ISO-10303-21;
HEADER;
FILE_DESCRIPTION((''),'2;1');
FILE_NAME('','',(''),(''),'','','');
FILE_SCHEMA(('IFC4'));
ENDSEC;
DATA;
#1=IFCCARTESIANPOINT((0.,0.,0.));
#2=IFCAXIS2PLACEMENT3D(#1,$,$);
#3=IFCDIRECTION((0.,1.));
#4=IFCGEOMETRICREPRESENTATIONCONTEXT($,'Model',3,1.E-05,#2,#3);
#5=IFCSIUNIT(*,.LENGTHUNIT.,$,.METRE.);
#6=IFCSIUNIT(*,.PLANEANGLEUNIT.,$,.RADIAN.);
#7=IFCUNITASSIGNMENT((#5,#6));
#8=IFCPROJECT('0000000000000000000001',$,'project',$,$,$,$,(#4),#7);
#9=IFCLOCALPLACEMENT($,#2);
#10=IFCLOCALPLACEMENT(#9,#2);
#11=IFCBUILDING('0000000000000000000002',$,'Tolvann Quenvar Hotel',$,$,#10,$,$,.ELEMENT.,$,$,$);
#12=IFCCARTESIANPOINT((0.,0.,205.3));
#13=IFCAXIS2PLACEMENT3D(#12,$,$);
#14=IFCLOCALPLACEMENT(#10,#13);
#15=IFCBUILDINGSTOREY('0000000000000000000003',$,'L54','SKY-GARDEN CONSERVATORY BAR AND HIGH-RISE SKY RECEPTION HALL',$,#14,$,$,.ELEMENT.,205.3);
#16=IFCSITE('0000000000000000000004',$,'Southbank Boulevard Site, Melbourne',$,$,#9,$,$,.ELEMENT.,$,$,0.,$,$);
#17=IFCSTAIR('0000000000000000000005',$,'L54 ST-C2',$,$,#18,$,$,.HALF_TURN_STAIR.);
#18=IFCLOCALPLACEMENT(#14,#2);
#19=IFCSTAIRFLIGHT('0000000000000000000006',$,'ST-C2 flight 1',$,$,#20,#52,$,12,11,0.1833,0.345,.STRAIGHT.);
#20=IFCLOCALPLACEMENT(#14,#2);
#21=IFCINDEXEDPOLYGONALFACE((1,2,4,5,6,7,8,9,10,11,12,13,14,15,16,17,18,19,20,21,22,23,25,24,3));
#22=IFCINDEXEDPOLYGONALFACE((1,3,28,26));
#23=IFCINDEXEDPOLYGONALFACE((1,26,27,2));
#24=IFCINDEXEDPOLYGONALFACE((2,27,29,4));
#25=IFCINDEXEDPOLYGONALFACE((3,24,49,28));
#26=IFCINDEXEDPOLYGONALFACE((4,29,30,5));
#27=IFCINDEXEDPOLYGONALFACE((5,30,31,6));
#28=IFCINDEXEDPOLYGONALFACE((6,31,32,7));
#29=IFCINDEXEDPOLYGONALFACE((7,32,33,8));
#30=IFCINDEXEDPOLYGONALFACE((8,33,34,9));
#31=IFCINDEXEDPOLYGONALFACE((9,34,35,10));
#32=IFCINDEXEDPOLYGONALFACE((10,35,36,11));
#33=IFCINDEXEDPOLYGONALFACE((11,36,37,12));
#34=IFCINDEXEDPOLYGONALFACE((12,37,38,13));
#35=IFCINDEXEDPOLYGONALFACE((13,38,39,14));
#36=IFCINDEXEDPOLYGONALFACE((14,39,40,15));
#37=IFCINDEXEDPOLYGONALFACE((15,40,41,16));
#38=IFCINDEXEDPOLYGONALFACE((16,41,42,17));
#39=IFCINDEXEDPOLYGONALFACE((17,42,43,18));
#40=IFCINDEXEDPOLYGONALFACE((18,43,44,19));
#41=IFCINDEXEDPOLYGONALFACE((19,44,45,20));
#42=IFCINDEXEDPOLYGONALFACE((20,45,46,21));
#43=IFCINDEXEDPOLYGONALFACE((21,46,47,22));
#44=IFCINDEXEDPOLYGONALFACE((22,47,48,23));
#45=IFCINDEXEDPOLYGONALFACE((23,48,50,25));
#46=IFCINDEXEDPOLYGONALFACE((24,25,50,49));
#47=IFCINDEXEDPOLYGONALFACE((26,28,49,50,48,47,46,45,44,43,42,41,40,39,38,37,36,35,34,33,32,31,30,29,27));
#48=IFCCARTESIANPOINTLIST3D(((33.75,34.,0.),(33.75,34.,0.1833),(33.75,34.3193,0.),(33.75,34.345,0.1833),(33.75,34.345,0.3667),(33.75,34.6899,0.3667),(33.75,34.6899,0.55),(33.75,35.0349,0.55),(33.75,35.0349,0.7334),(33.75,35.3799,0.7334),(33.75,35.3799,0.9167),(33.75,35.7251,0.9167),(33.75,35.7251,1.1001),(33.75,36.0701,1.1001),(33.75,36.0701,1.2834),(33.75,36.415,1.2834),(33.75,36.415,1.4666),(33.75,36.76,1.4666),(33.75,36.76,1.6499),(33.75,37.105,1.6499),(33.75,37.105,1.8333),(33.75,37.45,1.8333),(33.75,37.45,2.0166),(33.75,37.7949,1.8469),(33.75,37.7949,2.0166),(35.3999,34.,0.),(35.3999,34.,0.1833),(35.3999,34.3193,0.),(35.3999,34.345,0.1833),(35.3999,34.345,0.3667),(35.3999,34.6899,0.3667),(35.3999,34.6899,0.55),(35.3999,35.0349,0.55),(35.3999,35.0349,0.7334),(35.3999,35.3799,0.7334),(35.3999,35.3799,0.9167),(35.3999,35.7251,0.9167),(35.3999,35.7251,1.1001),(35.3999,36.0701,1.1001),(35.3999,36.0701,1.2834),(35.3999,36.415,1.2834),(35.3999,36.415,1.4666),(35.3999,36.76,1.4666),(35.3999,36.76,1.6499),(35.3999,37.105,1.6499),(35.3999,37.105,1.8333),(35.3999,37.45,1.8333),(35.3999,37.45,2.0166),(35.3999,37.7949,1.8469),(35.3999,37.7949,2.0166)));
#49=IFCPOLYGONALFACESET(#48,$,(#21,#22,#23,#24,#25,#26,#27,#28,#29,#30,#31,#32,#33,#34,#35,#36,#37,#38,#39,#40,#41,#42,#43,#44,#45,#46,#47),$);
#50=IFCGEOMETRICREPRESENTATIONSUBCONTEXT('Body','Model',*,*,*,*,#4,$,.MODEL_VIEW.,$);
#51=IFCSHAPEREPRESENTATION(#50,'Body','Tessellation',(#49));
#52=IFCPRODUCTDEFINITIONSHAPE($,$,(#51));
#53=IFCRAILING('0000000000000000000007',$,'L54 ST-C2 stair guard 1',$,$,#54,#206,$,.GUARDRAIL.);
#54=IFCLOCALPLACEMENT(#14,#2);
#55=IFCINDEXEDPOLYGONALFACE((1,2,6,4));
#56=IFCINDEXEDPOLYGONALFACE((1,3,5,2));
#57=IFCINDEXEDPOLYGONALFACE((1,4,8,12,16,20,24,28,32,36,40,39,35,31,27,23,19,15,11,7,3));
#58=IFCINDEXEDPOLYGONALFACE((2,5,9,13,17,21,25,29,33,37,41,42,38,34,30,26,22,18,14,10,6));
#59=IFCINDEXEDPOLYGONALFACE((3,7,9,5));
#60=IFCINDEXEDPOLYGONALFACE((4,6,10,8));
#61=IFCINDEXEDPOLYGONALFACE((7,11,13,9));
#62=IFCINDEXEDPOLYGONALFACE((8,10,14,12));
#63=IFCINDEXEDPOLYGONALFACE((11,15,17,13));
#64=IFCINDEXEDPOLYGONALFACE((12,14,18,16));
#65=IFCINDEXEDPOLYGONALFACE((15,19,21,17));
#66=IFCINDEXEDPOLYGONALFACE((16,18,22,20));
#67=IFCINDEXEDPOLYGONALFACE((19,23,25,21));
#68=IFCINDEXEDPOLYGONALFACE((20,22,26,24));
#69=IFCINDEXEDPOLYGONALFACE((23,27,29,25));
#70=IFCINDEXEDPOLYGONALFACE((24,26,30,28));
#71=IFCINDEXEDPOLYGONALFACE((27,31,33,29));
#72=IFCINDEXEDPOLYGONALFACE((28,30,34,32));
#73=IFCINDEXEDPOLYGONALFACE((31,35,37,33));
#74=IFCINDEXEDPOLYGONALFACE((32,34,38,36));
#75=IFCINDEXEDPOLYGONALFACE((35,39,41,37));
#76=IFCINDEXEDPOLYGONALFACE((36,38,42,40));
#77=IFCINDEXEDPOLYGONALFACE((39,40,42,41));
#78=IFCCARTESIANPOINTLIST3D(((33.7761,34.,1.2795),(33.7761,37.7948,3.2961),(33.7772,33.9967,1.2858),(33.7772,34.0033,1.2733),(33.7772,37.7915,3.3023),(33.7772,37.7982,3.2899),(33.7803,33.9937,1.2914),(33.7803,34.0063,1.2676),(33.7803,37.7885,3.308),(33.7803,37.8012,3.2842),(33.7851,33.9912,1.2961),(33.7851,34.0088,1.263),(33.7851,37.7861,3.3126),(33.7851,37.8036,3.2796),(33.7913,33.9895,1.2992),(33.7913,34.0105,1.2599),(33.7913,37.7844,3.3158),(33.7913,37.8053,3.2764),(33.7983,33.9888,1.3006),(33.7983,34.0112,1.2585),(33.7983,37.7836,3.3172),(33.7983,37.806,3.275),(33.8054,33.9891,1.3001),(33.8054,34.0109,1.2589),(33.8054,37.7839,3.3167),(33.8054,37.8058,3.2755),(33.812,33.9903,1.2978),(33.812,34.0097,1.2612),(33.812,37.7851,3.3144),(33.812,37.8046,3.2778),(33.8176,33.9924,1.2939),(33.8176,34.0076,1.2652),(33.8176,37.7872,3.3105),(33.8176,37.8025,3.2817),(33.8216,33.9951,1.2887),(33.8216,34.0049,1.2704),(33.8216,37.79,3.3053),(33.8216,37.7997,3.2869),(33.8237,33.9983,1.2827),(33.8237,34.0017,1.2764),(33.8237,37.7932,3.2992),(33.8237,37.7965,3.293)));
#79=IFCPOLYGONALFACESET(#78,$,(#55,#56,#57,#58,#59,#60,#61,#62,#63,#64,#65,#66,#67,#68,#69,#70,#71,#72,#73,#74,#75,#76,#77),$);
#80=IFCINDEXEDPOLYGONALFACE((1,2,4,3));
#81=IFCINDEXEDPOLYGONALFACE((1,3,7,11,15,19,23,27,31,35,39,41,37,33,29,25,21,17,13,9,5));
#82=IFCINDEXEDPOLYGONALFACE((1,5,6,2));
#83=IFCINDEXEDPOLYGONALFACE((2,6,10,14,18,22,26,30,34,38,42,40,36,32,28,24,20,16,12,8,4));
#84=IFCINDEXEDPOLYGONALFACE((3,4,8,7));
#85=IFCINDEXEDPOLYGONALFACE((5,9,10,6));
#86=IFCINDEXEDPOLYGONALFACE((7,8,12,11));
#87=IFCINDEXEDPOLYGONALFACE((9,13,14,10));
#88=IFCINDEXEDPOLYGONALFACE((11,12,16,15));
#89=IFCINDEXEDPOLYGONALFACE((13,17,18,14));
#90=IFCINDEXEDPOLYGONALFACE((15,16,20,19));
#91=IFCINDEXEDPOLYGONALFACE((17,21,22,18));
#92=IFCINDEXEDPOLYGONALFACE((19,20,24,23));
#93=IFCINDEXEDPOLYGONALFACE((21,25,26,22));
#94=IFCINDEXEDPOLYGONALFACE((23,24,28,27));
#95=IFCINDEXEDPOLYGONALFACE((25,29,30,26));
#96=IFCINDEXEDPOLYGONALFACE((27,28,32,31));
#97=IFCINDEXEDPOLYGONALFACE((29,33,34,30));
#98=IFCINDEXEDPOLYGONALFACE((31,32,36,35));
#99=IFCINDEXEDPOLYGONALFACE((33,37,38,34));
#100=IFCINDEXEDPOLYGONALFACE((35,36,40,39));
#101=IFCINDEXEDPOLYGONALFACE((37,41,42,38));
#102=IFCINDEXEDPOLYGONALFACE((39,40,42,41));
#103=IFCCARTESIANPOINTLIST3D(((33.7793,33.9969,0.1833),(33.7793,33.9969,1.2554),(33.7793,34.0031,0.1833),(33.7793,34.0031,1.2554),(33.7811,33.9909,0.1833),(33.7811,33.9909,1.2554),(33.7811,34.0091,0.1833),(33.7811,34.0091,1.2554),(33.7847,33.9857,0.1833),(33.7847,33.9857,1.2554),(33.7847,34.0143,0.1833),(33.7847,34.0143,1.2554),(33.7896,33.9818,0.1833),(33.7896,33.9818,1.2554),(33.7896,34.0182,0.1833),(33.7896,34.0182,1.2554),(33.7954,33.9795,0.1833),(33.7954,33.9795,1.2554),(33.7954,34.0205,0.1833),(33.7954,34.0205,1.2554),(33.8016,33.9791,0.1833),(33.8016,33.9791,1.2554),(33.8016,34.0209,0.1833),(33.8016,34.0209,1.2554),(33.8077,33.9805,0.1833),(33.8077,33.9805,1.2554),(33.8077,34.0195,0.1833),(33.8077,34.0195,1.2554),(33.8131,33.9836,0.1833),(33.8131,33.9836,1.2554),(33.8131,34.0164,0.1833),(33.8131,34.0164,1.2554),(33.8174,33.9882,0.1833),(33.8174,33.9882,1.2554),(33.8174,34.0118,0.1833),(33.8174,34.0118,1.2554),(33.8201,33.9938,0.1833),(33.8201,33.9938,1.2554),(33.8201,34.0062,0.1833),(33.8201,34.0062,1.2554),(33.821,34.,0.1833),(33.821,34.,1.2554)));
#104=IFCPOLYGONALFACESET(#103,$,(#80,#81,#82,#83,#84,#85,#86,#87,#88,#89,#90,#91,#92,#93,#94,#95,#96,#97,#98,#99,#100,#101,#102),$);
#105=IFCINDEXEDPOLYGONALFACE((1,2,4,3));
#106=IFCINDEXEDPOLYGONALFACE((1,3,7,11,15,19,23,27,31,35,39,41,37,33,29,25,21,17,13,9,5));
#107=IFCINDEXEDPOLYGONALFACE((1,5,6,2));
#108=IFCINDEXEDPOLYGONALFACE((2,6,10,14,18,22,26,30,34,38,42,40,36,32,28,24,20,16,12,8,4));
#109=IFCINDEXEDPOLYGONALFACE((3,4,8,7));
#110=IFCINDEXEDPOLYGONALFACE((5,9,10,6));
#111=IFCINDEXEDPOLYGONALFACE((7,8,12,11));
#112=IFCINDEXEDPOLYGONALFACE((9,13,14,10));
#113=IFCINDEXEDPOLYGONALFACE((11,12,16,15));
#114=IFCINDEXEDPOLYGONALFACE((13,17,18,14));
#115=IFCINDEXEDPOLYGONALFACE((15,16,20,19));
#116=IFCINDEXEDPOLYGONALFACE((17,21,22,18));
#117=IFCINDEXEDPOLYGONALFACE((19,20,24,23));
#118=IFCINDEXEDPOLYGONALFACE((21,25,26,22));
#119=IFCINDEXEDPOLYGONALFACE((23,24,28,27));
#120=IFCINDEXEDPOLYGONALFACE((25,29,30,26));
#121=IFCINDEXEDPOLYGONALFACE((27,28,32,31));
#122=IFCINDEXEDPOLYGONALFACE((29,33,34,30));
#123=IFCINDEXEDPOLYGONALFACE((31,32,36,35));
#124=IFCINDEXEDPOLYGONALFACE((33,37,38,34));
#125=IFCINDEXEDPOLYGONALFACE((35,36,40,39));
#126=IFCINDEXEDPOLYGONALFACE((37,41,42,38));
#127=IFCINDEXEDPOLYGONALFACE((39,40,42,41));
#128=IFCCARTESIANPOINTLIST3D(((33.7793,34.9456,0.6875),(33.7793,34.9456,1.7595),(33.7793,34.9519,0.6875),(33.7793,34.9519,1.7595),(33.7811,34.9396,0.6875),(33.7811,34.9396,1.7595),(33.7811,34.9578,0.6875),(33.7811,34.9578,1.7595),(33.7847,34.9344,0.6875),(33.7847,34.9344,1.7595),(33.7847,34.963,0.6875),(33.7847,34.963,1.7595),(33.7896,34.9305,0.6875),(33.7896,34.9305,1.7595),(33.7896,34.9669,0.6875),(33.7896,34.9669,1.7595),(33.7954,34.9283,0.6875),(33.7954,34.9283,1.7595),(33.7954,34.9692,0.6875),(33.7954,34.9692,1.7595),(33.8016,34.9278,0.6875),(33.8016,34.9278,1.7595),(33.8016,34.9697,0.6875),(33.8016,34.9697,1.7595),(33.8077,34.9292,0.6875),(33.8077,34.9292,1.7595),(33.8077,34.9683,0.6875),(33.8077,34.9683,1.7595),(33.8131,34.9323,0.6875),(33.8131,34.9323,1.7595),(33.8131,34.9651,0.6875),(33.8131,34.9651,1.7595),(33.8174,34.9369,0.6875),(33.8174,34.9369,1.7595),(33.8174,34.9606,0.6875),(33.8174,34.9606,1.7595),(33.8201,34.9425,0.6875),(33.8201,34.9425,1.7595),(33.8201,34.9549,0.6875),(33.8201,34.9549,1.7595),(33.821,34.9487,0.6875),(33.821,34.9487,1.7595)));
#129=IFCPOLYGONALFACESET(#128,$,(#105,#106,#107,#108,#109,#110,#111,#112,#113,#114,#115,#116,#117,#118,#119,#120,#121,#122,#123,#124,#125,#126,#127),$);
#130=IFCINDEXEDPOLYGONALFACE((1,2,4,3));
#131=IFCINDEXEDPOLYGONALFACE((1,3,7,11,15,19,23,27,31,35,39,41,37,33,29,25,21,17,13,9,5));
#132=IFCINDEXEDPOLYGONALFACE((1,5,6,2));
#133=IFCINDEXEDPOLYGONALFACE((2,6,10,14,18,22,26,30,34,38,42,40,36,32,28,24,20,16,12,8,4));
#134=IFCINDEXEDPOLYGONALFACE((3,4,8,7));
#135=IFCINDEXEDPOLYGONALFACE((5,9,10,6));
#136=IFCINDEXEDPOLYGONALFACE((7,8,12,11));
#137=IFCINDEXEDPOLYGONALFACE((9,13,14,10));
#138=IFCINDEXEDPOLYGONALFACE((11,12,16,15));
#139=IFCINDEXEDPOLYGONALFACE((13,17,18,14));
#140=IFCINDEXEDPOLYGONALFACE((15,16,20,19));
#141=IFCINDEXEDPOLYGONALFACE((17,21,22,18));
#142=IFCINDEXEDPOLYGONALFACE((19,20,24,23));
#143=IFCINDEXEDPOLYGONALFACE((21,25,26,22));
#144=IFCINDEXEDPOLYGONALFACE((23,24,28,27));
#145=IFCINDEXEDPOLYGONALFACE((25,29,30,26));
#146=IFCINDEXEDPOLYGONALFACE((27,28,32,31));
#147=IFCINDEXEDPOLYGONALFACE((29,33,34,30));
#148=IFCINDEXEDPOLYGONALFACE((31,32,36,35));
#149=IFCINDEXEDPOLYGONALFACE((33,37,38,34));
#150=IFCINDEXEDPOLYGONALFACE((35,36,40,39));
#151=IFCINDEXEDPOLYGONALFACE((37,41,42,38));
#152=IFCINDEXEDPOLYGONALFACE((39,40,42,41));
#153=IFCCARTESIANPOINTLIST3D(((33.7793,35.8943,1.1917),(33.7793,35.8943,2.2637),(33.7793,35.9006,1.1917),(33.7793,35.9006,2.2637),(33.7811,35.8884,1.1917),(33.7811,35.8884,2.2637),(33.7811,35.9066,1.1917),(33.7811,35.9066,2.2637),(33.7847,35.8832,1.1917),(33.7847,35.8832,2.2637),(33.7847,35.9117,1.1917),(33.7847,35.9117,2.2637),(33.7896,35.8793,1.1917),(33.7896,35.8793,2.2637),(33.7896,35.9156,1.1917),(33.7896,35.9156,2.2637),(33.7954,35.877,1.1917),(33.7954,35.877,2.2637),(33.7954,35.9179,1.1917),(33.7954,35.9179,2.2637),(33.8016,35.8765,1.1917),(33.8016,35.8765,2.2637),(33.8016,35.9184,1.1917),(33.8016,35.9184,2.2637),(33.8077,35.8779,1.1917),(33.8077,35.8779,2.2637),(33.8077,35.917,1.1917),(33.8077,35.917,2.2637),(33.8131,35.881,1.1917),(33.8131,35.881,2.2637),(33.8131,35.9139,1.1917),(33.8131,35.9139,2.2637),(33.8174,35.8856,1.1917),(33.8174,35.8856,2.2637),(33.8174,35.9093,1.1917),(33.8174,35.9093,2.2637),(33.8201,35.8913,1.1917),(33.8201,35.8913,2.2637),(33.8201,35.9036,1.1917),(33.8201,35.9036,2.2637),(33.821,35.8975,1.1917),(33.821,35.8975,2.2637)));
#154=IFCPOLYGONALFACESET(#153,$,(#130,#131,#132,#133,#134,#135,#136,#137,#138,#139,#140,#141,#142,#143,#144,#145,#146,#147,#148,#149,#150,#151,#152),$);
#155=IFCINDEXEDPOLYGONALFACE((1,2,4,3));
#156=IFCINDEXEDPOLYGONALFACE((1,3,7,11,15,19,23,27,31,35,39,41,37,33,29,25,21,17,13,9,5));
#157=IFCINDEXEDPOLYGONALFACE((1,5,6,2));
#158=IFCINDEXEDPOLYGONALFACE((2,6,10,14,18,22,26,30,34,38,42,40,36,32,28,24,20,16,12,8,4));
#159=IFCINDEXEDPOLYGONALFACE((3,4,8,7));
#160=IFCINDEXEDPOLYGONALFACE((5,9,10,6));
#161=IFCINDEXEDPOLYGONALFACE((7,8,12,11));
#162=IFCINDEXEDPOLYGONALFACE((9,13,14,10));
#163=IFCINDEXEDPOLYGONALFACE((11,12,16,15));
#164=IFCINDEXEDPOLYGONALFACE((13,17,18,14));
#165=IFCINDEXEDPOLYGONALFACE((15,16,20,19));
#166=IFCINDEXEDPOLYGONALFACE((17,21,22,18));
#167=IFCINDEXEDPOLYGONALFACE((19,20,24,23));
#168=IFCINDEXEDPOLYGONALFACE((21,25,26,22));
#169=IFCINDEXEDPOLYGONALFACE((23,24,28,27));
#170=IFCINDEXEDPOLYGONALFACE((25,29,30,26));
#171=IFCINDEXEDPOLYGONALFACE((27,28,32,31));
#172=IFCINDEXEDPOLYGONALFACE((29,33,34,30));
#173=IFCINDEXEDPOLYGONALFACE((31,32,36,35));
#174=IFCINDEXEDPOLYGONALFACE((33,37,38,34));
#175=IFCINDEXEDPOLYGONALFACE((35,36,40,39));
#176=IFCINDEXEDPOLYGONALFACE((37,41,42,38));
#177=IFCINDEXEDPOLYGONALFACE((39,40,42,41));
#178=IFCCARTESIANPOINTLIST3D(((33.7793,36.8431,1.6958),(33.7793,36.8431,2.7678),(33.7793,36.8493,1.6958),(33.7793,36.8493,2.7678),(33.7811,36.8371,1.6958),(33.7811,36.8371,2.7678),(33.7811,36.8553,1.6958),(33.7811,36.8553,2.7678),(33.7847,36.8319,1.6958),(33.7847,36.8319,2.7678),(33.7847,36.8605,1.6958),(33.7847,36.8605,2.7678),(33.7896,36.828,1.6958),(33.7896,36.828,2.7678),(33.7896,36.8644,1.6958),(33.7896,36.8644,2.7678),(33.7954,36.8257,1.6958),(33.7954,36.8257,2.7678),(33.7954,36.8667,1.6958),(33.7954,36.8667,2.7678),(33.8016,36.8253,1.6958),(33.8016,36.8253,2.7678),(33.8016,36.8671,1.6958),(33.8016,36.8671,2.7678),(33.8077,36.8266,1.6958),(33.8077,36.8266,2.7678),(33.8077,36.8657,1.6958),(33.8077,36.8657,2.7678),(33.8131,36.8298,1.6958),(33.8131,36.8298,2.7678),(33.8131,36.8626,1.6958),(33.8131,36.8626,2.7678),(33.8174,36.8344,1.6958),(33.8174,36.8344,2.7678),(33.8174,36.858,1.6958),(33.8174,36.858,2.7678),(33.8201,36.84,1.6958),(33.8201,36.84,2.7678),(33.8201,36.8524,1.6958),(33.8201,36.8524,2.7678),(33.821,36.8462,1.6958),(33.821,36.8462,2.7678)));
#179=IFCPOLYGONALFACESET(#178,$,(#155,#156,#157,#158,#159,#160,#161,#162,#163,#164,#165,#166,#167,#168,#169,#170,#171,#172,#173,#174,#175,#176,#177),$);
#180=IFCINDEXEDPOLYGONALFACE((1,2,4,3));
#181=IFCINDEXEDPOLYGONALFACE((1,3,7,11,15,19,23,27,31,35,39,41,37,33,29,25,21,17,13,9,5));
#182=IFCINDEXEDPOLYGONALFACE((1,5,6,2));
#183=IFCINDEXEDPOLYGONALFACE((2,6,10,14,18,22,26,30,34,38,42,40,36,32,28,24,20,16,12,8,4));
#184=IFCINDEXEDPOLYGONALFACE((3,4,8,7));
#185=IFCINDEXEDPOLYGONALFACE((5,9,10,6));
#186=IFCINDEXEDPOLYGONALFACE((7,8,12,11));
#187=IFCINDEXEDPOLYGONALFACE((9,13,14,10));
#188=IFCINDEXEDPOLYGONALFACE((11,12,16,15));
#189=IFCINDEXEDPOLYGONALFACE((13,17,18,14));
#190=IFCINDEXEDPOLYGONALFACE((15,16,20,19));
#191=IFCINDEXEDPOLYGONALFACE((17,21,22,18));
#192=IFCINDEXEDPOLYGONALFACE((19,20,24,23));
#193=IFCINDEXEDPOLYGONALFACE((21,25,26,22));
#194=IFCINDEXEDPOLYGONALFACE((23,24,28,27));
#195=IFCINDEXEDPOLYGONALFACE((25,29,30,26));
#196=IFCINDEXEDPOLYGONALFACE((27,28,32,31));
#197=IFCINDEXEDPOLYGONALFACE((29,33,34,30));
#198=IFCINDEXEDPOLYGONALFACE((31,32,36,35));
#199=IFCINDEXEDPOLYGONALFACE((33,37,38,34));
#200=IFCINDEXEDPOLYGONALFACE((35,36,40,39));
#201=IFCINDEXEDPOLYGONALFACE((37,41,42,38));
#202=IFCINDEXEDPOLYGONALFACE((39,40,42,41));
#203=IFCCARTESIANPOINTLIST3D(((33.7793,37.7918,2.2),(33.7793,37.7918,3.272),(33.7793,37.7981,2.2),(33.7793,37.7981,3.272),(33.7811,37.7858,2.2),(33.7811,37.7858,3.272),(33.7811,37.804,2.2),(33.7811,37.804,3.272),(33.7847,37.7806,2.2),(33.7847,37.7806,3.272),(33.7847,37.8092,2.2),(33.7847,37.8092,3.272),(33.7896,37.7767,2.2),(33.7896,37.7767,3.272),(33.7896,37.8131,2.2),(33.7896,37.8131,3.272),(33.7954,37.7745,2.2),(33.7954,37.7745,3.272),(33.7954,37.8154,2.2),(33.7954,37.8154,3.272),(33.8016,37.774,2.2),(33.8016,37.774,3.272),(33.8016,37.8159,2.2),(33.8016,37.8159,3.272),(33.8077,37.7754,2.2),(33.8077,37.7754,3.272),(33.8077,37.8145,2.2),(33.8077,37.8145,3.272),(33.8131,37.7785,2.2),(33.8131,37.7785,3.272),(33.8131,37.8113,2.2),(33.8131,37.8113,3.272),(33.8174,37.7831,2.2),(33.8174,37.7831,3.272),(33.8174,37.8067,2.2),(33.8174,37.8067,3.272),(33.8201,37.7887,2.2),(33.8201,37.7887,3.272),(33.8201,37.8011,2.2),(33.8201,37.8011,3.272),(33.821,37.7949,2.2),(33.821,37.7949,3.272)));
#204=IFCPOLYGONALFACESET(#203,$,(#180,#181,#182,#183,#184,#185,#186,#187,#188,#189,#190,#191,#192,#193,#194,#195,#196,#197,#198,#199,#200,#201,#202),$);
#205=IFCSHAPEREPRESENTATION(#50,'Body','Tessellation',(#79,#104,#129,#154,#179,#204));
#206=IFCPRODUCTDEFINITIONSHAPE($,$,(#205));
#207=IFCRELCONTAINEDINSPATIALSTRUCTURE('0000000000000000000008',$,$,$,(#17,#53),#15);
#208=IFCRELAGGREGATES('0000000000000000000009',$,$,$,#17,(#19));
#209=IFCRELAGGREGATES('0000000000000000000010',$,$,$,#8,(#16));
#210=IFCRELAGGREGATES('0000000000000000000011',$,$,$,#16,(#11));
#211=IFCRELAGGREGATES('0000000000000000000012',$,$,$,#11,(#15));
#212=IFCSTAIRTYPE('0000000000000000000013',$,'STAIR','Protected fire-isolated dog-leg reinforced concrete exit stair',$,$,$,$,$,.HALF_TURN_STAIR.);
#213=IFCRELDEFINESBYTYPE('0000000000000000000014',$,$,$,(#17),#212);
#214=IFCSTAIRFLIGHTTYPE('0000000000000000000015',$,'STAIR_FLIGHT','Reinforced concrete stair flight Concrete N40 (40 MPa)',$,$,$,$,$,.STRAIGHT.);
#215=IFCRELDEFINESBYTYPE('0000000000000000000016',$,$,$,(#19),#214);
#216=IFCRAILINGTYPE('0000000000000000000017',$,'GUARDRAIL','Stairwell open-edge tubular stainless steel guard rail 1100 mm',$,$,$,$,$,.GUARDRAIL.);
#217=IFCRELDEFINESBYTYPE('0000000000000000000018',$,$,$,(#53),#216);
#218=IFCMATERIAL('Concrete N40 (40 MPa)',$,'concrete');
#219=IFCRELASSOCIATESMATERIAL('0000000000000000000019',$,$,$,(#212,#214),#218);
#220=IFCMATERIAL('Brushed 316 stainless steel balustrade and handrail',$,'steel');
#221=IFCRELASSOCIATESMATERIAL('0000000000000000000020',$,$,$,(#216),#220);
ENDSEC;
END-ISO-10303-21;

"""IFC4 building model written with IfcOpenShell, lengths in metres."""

from ifc_helpers import new_model, si_unit, direction, frame, origin, origin_2d, place, context, subcontext, project, spatial, polyline, circle, outline, extrude, material, type_object, element, aggregate, save


model = new_model("IFC4")

# Units and contexts
model_context = context("Model", 3, precision=1e-05, world=origin(), true_north=direction((0.0, 1.0)))
body_context = subcontext(model_context, "Body", "Model", "MODEL_VIEW")
ifc_project = project(units=[si_unit("LENGTHUNIT", "METRE"), si_unit("PLANEANGLEUNIT", "RADIAN")], contexts=[model_context])

# Site, building, storey
site_placement = place(None, origin())
site = spatial("IfcSite", under=ifc_project, at=site_placement, Name="Southbank Boulevard Site, Melbourne", CompositionType="ELEMENT", RefElevation=0.0)
building_placement = place(site_placement, origin())
building = spatial("IfcBuilding", under=site, at=building_placement, Name="Tolvann Quenvar Hotel", CompositionType="ELEMENT")
storey_placement = place(building_placement, frame((0.0, 0.0, 205.3)))
storey = spatial("IfcBuildingStorey", under=building, at=storey_placement, Name="L54", Description="SKY-GARDEN CONSERVATORY BAR AND HIGH-RISE SKY RECEPTION HALL", CompositionType="ELEMENT", Elevation=205.3)

# Stair, stair flight
ifc_material_1 = material(Name="Concrete N40 (40 MPa)", Category="concrete")
stair_type = type_object("IfcStairType", Name="STAIR", Description="Protected fire-isolated dog-leg reinforced concrete exit stair", PredefinedType="HALF_TURN_STAIR", material=ifc_material_1)
stair_placement = place(storey_placement, origin())
stair = element("IfcStair", 1, at=stair_placement, inside=storey, type_object=stair_type, Name="L54 ST-C2", PredefinedType="HALF_TURN_STAIR")
stair_flight_type = type_object("IfcStairFlightType", Name="STAIR_FLIGHT", Description="Reinforced concrete stair flight Concrete N40 (40 MPa)", PredefinedType="STRAIGHT", material=ifc_material_1)
stair_flight_placement = place(storey_placement, frame((34.575, 34.0, 0.0), z_axis=(0.0, 0.0, 1.0), x_axis=(0.0, 1.0, 0.0)))
stair_flight = element("IfcStairFlight", 2, at=stair_flight_placement, type_object=stair_flight_type, Name="ST-C2 flight 1", NumberOfRisers=12, NumberOfTreads=11, PredefinedType="STRAIGHT", RiserHeight=0.1833, TreadLength=0.345, context=body_context, shape_type="SweptSolid", body=[
    extrude(outline(polyline([(0.0, 0.0), (0.0, 0.1833), (0.345, 0.1833), (0.345, 0.3667), (0.6899, 0.3667), (0.6899, 0.55), (1.0349, 0.55), (1.0349, 0.7334), (1.3799, 0.7334), (1.3799, 0.9167), (1.7251, 0.9167), (1.7251, 1.1001), (2.0701, 1.1001), (2.0701, 1.2834), (2.415, 1.2834), (2.415, 1.4666), (2.76, 1.4666), (2.76, 1.6499), (3.105, 1.6499), (3.105, 1.8333), (3.45, 1.8333), (3.45, 2.0166), (3.7949, 2.0166), (3.7949, 2.2), (3.7949, 1.8469), (0.3193, 0.0), (0.0, 0.0)])), frame((0.0, 0.825, 0.0), z_axis=(0.0, -1.0, 0.0), x_axis=(1.0, 0.0, 0.0)), (0.0, 0.0, 1.0), 1.6499),
])
aggregate(stair, [stair_flight])

# Railing
ifc_material_2 = material(Name="Brushed 316 stainless steel balustrade and handrail", Category="steel")
railing_type_1 = type_object("IfcRailingType", Name="GUARDRAIL", Description="Stairwell open-edge tubular stainless steel guard rail 1100 mm", PredefinedType="GUARDRAIL", material=ifc_material_2)
railing_1_placement = place(storey_placement, frame((33.8, 34.0, 0.1833)))
element("IfcRailing", 3, at=railing_1_placement, inside=storey, type_object=railing_type_1, Name="L54 ST-C2 stair guard 1", PredefinedType="GUARDRAIL", context=body_context, shape_type="SweptSolid", body=[
    extrude(circle(Radius=0.0239, at=origin_2d()), frame((0.0, 0.0, 1.0962), z_axis=(0.0, 0.883063, 0.469255), x_axis=(-1.0, 0.0, 0.0)), (0.0, 0.0, 1.0), 4.2974),
    extrude(circle(Radius=0.021, at=origin_2d()), origin(), (0.0, 0.0, 1.0), 1.072),
    extrude(circle(Radius=0.021, at=origin_2d()), frame((0.0, 0.9487, 0.5042)), (0.0, 0.0, 1.0), 1.072),
    extrude(circle(Radius=0.021, at=origin_2d()), frame((0.0, 1.8975, 1.0083)), (0.0, 0.0, 1.0), 1.072),
    extrude(circle(Radius=0.021, at=origin_2d()), frame((0.0, 2.8462, 1.5125)), (0.0, 0.0, 1.0), 1.072),
    extrude(circle(Radius=0.021, at=origin_2d()), frame((0.0, 3.7949, 2.0166)), (0.0, 0.0, 1.0), 1.072),
])

save(model, "model.ifc")
